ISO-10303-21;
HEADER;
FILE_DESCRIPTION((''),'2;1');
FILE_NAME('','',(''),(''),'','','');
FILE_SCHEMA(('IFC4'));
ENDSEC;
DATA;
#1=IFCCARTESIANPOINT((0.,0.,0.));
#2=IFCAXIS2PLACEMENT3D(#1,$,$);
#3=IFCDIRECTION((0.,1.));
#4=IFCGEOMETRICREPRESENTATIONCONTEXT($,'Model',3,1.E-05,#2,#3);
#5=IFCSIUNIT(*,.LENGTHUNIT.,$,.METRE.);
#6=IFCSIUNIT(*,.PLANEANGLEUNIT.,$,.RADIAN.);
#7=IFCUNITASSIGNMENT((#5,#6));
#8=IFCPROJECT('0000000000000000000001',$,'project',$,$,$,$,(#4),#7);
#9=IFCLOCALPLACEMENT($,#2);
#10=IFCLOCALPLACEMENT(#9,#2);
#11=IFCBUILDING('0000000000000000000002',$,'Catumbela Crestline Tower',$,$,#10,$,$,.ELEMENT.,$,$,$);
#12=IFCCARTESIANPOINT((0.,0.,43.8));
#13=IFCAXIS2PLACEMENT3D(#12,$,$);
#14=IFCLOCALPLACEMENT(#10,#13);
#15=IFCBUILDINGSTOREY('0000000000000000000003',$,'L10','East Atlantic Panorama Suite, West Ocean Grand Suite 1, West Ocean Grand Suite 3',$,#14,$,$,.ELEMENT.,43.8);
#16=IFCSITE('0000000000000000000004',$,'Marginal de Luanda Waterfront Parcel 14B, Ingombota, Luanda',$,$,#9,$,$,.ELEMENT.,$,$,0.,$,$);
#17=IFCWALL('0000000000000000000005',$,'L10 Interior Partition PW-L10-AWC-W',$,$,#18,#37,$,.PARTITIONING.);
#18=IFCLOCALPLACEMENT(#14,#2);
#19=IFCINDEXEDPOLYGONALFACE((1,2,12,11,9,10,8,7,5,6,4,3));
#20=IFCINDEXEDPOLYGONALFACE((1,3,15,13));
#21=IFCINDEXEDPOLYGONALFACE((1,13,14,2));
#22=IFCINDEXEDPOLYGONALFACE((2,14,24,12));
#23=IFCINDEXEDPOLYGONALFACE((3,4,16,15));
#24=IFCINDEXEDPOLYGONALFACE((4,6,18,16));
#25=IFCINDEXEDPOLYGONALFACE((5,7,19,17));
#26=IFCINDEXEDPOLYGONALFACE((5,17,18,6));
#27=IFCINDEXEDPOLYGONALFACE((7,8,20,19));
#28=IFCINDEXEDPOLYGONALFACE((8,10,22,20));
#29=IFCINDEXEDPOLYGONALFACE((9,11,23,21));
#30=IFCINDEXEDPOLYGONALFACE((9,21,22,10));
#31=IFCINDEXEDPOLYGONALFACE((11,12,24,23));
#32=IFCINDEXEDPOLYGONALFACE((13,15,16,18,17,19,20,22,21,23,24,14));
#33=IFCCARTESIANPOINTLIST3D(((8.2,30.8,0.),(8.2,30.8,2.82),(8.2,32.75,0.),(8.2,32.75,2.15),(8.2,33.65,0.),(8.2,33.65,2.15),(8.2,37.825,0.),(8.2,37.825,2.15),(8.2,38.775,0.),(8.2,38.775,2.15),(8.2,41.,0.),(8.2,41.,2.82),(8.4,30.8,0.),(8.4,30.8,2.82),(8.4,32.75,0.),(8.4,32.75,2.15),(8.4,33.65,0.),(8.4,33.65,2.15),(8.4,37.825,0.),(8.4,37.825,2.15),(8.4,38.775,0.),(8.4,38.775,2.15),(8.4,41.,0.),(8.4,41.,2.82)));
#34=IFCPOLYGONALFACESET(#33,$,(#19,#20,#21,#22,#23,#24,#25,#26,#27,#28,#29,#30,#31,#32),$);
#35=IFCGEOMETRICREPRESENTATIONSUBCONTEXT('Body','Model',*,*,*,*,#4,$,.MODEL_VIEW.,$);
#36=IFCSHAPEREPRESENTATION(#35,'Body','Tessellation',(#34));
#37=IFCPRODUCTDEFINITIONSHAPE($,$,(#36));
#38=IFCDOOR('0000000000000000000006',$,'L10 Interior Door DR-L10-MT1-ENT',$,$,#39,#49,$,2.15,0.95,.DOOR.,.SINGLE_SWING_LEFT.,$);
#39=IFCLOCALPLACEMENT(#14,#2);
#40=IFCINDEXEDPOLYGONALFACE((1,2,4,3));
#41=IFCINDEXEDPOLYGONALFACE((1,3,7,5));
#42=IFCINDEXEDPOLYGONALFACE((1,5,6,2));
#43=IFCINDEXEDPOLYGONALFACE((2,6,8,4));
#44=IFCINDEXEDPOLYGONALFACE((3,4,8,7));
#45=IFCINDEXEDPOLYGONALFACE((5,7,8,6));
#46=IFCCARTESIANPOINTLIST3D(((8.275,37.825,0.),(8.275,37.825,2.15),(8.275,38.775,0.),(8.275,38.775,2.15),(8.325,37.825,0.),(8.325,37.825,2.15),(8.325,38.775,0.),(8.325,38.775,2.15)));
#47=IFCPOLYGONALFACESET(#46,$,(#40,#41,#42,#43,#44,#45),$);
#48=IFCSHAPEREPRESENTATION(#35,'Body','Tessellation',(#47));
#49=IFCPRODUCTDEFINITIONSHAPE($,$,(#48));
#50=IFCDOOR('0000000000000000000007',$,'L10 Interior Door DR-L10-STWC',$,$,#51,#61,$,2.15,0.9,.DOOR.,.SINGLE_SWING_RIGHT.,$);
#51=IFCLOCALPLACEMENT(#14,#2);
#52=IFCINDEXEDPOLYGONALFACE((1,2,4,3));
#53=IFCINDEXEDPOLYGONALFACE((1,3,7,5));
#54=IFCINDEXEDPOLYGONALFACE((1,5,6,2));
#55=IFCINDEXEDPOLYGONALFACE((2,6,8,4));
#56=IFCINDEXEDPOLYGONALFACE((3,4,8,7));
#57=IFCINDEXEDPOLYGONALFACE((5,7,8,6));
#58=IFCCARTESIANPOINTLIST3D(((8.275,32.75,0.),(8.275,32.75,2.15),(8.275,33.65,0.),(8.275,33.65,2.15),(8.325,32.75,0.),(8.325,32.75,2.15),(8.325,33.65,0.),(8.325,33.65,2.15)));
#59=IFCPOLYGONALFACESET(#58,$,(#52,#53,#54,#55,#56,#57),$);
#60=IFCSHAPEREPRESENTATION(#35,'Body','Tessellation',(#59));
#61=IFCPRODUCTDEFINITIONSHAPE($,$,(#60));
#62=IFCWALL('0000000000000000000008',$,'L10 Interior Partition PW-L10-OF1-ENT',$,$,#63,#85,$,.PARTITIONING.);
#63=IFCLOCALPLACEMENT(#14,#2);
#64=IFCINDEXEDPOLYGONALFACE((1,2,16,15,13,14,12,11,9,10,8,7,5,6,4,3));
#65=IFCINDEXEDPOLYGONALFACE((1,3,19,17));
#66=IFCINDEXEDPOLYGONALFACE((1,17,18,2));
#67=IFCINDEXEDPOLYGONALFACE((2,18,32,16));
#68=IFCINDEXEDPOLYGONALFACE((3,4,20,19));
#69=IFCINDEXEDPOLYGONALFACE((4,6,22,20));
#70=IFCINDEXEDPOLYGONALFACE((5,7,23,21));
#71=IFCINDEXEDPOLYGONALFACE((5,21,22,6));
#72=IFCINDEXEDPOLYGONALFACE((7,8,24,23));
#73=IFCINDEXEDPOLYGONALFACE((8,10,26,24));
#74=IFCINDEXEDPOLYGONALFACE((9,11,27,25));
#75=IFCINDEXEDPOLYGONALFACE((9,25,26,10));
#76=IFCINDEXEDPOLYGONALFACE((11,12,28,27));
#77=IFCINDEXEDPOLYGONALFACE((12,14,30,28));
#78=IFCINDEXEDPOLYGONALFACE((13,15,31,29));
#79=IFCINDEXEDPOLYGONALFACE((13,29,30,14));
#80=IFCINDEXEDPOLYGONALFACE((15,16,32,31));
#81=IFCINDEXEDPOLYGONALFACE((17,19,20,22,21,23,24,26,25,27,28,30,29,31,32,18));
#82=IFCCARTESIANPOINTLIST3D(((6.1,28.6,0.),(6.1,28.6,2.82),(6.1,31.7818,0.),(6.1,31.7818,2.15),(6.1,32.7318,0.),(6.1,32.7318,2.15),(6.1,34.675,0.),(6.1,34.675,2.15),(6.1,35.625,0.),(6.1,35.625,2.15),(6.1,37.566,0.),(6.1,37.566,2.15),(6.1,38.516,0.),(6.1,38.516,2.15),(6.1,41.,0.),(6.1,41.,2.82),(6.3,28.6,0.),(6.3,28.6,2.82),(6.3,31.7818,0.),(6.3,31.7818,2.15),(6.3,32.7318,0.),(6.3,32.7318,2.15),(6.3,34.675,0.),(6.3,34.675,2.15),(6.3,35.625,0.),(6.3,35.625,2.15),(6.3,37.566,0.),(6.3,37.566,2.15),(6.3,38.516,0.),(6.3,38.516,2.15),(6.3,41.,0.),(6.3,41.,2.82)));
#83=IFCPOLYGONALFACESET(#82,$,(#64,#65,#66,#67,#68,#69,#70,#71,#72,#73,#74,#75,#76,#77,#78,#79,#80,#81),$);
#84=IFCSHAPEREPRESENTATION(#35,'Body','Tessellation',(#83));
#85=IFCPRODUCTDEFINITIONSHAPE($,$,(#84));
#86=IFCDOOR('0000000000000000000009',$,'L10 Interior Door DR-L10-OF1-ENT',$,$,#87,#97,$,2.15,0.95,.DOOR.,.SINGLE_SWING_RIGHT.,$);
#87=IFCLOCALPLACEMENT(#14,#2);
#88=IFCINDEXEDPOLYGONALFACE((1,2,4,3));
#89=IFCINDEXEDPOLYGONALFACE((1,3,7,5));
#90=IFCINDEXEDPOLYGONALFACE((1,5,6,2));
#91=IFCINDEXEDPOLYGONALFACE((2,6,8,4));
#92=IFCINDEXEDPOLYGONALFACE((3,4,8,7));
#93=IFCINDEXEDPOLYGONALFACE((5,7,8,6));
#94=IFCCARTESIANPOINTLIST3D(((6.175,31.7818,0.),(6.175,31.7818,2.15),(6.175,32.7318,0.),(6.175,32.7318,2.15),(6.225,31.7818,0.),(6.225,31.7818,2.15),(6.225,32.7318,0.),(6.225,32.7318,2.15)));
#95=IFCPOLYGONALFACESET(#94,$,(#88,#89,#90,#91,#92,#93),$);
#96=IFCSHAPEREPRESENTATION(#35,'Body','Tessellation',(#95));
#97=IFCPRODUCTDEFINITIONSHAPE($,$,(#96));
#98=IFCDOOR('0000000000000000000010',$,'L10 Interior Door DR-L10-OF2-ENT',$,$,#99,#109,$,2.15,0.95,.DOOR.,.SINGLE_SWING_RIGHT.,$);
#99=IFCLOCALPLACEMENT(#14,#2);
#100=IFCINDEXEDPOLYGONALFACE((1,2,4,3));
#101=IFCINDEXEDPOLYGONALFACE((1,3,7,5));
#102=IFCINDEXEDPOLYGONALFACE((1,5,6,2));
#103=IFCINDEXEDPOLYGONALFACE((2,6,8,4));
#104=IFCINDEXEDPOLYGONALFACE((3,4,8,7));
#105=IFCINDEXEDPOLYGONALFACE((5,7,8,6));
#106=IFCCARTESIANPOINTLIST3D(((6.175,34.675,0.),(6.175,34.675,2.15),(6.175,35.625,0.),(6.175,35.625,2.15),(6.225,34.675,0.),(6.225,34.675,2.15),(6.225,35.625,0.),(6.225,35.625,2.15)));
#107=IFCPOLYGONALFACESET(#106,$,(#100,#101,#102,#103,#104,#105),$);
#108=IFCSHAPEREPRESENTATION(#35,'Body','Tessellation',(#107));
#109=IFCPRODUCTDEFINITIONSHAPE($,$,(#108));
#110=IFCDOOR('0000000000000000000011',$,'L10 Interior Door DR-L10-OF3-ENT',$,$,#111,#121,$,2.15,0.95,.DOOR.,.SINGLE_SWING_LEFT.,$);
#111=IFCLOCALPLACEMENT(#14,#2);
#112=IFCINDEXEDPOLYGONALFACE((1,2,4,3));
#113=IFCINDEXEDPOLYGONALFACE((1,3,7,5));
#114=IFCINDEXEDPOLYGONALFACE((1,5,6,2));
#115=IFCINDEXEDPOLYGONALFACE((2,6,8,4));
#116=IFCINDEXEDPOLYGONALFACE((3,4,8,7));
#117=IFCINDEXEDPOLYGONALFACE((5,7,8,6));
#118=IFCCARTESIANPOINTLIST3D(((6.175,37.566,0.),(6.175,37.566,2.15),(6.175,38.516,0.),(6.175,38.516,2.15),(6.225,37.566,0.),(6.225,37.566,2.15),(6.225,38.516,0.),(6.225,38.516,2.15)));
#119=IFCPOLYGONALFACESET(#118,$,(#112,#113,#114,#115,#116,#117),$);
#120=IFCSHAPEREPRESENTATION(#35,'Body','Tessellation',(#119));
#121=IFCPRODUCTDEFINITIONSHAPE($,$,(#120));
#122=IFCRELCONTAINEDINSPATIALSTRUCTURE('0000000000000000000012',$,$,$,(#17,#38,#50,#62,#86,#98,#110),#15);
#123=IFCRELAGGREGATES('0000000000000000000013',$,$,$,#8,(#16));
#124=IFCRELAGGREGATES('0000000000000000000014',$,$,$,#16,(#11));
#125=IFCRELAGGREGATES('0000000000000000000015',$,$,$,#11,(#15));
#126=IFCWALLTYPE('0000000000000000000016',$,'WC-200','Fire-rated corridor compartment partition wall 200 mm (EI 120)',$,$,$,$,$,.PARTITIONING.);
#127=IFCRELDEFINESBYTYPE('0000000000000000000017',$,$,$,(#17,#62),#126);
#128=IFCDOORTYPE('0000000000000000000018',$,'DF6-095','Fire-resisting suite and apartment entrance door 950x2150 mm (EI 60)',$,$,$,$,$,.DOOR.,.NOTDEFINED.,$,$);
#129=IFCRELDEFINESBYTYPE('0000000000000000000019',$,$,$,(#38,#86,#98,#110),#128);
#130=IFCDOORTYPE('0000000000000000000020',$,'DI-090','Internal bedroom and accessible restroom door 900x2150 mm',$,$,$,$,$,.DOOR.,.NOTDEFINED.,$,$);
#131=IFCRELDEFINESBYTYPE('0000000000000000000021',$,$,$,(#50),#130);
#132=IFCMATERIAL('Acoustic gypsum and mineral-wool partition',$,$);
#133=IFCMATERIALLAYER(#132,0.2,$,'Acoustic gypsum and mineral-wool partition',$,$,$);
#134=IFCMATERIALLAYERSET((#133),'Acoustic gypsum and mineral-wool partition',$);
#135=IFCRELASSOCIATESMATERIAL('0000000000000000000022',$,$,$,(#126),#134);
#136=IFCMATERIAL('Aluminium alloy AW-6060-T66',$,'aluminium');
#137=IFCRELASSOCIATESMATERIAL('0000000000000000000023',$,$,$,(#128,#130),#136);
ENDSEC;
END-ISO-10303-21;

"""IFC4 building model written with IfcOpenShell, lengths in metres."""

from ifc_helpers import new_model, si_unit, direction, frame, frame_2d, origin, place, context, subcontext, project, spatial, rectangle, extrude, material, layer, layer_set, type_object, element, fill, save


model = new_model("IFC4")

# Units and contexts
model_context = context("Model", 3, precision=1e-05, world=origin(), true_north=direction((0.0, 1.0)))
body_context = subcontext(model_context, "Body", "Model", "MODEL_VIEW")
ifc_project = project(units=[si_unit("LENGTHUNIT", "METRE"), si_unit("PLANEANGLEUNIT", "RADIAN")], contexts=[model_context])

# Site, building, storey
site_placement = place(None, origin())
site = spatial("IfcSite", under=ifc_project, at=site_placement, Name="Marginal de Luanda Waterfront Parcel 14B, Ingombota, Luanda", CompositionType="ELEMENT", RefElevation=0.0)
building_placement = place(site_placement, origin())
building = spatial("IfcBuilding", under=site, at=building_placement, Name="Catumbela Crestline Tower", CompositionType="ELEMENT")
storey_placement = place(building_placement, frame((0.0, 0.0, 43.8)))
storey = spatial("IfcBuildingStorey", under=building, at=storey_placement, Name="L10", Description="East Atlantic Panorama Suite, West Ocean Grand Suite 1, West Ocean Grand Suite 3", CompositionType="ELEMENT", Elevation=43.8)

# Shared definitions
ifc_material_1 = material(Name="Acoustic gypsum and mineral-wool partition")
ifc_layer = layer(ifc_material_1, 0.2, Name="Acoustic gypsum and mineral-wool partition")
ifc_layer_set = layer_set([ifc_layer], Name="Acoustic gypsum and mineral-wool partition")
wall_type = type_object("IfcWallType", Name="WC-200", Description="Fire-rated corridor compartment partition wall 200 mm (EI 120)", PredefinedType="PARTITIONING", material=ifc_layer_set)
ifc_material_2 = material(Name="Aluminium alloy AW-6060-T66", Category="aluminium")
door_type_1 = type_object("IfcDoorType", Name="DF6-095", Description="Fire-resisting suite and apartment entrance door 950x2150 mm (EI 60)", OperationType="NOTDEFINED", PredefinedType="DOOR", material=ifc_material_2)

# Walls, openings, doors
wall_1_placement = place(storey_placement, frame((8.3, 30.8, 0.0), z_axis=(0.0, 0.0, 1.0), x_axis=(0.0, 1.0, 0.0)))
wall_1 = element("IfcWall", 1, at=wall_1_placement, inside=storey, type_object=wall_type, Name="L10 Interior Partition PW-L10-AWC-W", PredefinedType="PARTITIONING", context=body_context, shape_type="SweptSolid", body=[
    extrude(rectangle(XDim=10.2, YDim=0.2, at=frame_2d((5.1, 0.0))), origin(), (0.0, 0.0, 1.0), 2.82),
])
opening_1_placement = place(wall_1_placement, frame((1.95, 0.0, 0.0)))
opening_1 = element("IfcOpeningElement", 2, at=opening_1_placement, cuts=wall_1, PredefinedType="OPENING", context=body_context, shape_type="SweptSolid", body=[
    extrude(rectangle(XDim=0.9, YDim=2.15, at=frame_2d((0.45, 1.075))), frame((0.0, 0.11, 0.0), z_axis=(0.0, -1.0, 0.0), x_axis=(1.0, 0.0, 0.0)), (0.0, 0.0, 1.0), 0.22),
])
opening_2_placement = place(wall_1_placement, frame((7.025, 0.0, 0.0)))
opening_2 = element("IfcOpeningElement", 3, at=opening_2_placement, cuts=wall_1, PredefinedType="OPENING", context=body_context, shape_type="SweptSolid", body=[
    extrude(rectangle(XDim=0.95, YDim=2.15, at=frame_2d((0.475, 1.075))), frame((0.0, 0.11, 0.0), z_axis=(0.0, -1.0, 0.0), x_axis=(1.0, 0.0, 0.0)), (0.0, 0.0, 1.0), 0.22),
])
door_1_placement = place(opening_2_placement, origin())
door_1 = element("IfcDoor", 4, at=door_1_placement, inside=storey, type_object=door_type_1, Name="L10 Interior Door DR-L10-MT1-ENT", OperationType="SINGLE_SWING_LEFT", OverallHeight=2.15, OverallWidth=0.95, PredefinedType="DOOR", context=body_context, shape_type="SweptSolid", body=[
    extrude(rectangle(XDim=0.95, YDim=2.15, at=frame_2d((0.475, 1.075))), frame((0.0, 0.025, 0.0), z_axis=(0.0, -1.0, 0.0), x_axis=(1.0, 0.0, 0.0)), (0.0, 0.0, 1.0), 0.05),
])
fill(opening_2, door_1)
door_type_2 = type_object("IfcDoorType", Name="DI-090", Description="Internal bedroom and accessible restroom door 900x2150 mm", OperationType="NOTDEFINED", PredefinedType="DOOR", material=ifc_material_2)
door_2_placement = place(opening_1_placement, origin())
door_2 = element("IfcDoor", 5, at=door_2_placement, inside=storey, type_object=door_type_2, Name="L10 Interior Door DR-L10-STWC", OperationType="SINGLE_SWING_RIGHT", OverallHeight=2.15, OverallWidth=0.9, PredefinedType="DOOR", context=body_context, shape_type="SweptSolid", body=[
    extrude(rectangle(XDim=0.9, YDim=2.15, at=frame_2d((0.45, 1.075))), frame((0.0, 0.025, 0.0), z_axis=(0.0, -1.0, 0.0), x_axis=(1.0, 0.0, 0.0)), (0.0, 0.0, 1.0), 0.05),
])
fill(opening_1, door_2)
wall_2_placement = place(storey_placement, frame((6.2, 28.6, 0.0), z_axis=(0.0, 0.0, 1.0), x_axis=(0.0, 1.0, 0.0)))
wall_2 = element("IfcWall", 6, at=wall_2_placement, inside=storey, type_object=wall_type, Name="L10 Interior Partition PW-L10-OF1-ENT", PredefinedType="PARTITIONING", context=body_context, shape_type="SweptSolid", body=[
    extrude(rectangle(XDim=12.4, YDim=0.2, at=frame_2d((6.2, 0.0))), origin(), (0.0, 0.0, 1.0), 2.82),
])
opening_3_placement = place(wall_2_placement, frame((3.1818, 0.0, 0.0)))
opening_3 = element("IfcOpeningElement", 7, at=opening_3_placement, cuts=wall_2, PredefinedType="OPENING", context=body_context, shape_type="SweptSolid", body=[
    extrude(rectangle(XDim=0.95, YDim=2.15, at=frame_2d((0.475, 1.075))), frame((0.0, 0.11, 0.0), z_axis=(0.0, -1.0, 0.0), x_axis=(1.0, 0.0, 0.0)), (0.0, 0.0, 1.0), 0.22),
])
opening_4_placement = place(wall_2_placement, frame((6.075, 0.0, 0.0)))
opening_4 = element("IfcOpeningElement", 8, at=opening_4_placement, cuts=wall_2, PredefinedType="OPENING", context=body_context, shape_type="SweptSolid", body=[
    extrude(rectangle(XDim=0.95, YDim=2.15, at=frame_2d((0.475, 1.075))), frame((0.0, 0.11, 0.0), z_axis=(0.0, -1.0, 0.0), x_axis=(1.0, 0.0, 0.0)), (0.0, 0.0, 1.0), 0.22),
])
opening_5_placement = place(wall_2_placement, frame((8.966, 0.0, 0.0)))
opening_5 = element("IfcOpeningElement", 9, at=opening_5_placement, cuts=wall_2, PredefinedType="OPENING", context=body_context, shape_type="SweptSolid", body=[
    extrude(rectangle(XDim=0.95, YDim=2.15, at=frame_2d((0.475, 1.075))), frame((0.0, 0.11, 0.0), z_axis=(0.0, -1.0, 0.0), x_axis=(1.0, 0.0, 0.0)), (0.0, 0.0, 1.0), 0.22),
])
door_3_placement = place(opening_3_placement, origin())
door_3 = element("IfcDoor", 10, at=door_3_placement, inside=storey, type_object=door_type_1, Name="L10 Interior Door DR-L10-OF1-ENT", OperationType="SINGLE_SWING_RIGHT", OverallHeight=2.15, OverallWidth=0.95, PredefinedType="DOOR", context=body_context, shape_type="SweptSolid", body=[
    extrude(rectangle(XDim=0.95, YDim=2.15, at=frame_2d((0.475, 1.075))), frame((0.0, 0.025, 0.0), z_axis=(0.0, -1.0, 0.0), x_axis=(1.0, 0.0, 0.0)), (0.0, 0.0, 1.0), 0.05),
])
fill(opening_3, door_3)
door_4_placement = place(opening_4_placement, origin())
door_4 = element("IfcDoor", 11, at=door_4_placement, inside=storey, type_object=door_type_1, Name="L10 Interior Door DR-L10-OF2-ENT", OperationType="SINGLE_SWING_RIGHT", OverallHeight=2.15, OverallWidth=0.95, PredefinedType="DOOR", context=body_context, shape_type="SweptSolid", body=[
    extrude(rectangle(XDim=0.95, YDim=2.15, at=frame_2d((0.475, 1.075))), frame((0.0, 0.025, 0.0), z_axis=(0.0, -1.0, 0.0), x_axis=(1.0, 0.0, 0.0)), (0.0, 0.0, 1.0), 0.05),
])
fill(opening_4, door_4)
door_5_placement = place(opening_5_placement, origin())
door_5 = element("IfcDoor", 12, at=door_5_placement, inside=storey, type_object=door_type_1, Name="L10 Interior Door DR-L10-OF3-ENT", OperationType="SINGLE_SWING_LEFT", OverallHeight=2.15, OverallWidth=0.95, PredefinedType="DOOR", context=body_context, shape_type="SweptSolid", body=[
    extrude(rectangle(XDim=0.95, YDim=2.15, at=frame_2d((0.475, 1.075))), frame((0.0, 0.025, 0.0), z_axis=(0.0, -1.0, 0.0), x_axis=(1.0, 0.0, 0.0)), (0.0, 0.0, 1.0), 0.05),
])
fill(opening_5, door_5)

save(model, "model.ifc")
